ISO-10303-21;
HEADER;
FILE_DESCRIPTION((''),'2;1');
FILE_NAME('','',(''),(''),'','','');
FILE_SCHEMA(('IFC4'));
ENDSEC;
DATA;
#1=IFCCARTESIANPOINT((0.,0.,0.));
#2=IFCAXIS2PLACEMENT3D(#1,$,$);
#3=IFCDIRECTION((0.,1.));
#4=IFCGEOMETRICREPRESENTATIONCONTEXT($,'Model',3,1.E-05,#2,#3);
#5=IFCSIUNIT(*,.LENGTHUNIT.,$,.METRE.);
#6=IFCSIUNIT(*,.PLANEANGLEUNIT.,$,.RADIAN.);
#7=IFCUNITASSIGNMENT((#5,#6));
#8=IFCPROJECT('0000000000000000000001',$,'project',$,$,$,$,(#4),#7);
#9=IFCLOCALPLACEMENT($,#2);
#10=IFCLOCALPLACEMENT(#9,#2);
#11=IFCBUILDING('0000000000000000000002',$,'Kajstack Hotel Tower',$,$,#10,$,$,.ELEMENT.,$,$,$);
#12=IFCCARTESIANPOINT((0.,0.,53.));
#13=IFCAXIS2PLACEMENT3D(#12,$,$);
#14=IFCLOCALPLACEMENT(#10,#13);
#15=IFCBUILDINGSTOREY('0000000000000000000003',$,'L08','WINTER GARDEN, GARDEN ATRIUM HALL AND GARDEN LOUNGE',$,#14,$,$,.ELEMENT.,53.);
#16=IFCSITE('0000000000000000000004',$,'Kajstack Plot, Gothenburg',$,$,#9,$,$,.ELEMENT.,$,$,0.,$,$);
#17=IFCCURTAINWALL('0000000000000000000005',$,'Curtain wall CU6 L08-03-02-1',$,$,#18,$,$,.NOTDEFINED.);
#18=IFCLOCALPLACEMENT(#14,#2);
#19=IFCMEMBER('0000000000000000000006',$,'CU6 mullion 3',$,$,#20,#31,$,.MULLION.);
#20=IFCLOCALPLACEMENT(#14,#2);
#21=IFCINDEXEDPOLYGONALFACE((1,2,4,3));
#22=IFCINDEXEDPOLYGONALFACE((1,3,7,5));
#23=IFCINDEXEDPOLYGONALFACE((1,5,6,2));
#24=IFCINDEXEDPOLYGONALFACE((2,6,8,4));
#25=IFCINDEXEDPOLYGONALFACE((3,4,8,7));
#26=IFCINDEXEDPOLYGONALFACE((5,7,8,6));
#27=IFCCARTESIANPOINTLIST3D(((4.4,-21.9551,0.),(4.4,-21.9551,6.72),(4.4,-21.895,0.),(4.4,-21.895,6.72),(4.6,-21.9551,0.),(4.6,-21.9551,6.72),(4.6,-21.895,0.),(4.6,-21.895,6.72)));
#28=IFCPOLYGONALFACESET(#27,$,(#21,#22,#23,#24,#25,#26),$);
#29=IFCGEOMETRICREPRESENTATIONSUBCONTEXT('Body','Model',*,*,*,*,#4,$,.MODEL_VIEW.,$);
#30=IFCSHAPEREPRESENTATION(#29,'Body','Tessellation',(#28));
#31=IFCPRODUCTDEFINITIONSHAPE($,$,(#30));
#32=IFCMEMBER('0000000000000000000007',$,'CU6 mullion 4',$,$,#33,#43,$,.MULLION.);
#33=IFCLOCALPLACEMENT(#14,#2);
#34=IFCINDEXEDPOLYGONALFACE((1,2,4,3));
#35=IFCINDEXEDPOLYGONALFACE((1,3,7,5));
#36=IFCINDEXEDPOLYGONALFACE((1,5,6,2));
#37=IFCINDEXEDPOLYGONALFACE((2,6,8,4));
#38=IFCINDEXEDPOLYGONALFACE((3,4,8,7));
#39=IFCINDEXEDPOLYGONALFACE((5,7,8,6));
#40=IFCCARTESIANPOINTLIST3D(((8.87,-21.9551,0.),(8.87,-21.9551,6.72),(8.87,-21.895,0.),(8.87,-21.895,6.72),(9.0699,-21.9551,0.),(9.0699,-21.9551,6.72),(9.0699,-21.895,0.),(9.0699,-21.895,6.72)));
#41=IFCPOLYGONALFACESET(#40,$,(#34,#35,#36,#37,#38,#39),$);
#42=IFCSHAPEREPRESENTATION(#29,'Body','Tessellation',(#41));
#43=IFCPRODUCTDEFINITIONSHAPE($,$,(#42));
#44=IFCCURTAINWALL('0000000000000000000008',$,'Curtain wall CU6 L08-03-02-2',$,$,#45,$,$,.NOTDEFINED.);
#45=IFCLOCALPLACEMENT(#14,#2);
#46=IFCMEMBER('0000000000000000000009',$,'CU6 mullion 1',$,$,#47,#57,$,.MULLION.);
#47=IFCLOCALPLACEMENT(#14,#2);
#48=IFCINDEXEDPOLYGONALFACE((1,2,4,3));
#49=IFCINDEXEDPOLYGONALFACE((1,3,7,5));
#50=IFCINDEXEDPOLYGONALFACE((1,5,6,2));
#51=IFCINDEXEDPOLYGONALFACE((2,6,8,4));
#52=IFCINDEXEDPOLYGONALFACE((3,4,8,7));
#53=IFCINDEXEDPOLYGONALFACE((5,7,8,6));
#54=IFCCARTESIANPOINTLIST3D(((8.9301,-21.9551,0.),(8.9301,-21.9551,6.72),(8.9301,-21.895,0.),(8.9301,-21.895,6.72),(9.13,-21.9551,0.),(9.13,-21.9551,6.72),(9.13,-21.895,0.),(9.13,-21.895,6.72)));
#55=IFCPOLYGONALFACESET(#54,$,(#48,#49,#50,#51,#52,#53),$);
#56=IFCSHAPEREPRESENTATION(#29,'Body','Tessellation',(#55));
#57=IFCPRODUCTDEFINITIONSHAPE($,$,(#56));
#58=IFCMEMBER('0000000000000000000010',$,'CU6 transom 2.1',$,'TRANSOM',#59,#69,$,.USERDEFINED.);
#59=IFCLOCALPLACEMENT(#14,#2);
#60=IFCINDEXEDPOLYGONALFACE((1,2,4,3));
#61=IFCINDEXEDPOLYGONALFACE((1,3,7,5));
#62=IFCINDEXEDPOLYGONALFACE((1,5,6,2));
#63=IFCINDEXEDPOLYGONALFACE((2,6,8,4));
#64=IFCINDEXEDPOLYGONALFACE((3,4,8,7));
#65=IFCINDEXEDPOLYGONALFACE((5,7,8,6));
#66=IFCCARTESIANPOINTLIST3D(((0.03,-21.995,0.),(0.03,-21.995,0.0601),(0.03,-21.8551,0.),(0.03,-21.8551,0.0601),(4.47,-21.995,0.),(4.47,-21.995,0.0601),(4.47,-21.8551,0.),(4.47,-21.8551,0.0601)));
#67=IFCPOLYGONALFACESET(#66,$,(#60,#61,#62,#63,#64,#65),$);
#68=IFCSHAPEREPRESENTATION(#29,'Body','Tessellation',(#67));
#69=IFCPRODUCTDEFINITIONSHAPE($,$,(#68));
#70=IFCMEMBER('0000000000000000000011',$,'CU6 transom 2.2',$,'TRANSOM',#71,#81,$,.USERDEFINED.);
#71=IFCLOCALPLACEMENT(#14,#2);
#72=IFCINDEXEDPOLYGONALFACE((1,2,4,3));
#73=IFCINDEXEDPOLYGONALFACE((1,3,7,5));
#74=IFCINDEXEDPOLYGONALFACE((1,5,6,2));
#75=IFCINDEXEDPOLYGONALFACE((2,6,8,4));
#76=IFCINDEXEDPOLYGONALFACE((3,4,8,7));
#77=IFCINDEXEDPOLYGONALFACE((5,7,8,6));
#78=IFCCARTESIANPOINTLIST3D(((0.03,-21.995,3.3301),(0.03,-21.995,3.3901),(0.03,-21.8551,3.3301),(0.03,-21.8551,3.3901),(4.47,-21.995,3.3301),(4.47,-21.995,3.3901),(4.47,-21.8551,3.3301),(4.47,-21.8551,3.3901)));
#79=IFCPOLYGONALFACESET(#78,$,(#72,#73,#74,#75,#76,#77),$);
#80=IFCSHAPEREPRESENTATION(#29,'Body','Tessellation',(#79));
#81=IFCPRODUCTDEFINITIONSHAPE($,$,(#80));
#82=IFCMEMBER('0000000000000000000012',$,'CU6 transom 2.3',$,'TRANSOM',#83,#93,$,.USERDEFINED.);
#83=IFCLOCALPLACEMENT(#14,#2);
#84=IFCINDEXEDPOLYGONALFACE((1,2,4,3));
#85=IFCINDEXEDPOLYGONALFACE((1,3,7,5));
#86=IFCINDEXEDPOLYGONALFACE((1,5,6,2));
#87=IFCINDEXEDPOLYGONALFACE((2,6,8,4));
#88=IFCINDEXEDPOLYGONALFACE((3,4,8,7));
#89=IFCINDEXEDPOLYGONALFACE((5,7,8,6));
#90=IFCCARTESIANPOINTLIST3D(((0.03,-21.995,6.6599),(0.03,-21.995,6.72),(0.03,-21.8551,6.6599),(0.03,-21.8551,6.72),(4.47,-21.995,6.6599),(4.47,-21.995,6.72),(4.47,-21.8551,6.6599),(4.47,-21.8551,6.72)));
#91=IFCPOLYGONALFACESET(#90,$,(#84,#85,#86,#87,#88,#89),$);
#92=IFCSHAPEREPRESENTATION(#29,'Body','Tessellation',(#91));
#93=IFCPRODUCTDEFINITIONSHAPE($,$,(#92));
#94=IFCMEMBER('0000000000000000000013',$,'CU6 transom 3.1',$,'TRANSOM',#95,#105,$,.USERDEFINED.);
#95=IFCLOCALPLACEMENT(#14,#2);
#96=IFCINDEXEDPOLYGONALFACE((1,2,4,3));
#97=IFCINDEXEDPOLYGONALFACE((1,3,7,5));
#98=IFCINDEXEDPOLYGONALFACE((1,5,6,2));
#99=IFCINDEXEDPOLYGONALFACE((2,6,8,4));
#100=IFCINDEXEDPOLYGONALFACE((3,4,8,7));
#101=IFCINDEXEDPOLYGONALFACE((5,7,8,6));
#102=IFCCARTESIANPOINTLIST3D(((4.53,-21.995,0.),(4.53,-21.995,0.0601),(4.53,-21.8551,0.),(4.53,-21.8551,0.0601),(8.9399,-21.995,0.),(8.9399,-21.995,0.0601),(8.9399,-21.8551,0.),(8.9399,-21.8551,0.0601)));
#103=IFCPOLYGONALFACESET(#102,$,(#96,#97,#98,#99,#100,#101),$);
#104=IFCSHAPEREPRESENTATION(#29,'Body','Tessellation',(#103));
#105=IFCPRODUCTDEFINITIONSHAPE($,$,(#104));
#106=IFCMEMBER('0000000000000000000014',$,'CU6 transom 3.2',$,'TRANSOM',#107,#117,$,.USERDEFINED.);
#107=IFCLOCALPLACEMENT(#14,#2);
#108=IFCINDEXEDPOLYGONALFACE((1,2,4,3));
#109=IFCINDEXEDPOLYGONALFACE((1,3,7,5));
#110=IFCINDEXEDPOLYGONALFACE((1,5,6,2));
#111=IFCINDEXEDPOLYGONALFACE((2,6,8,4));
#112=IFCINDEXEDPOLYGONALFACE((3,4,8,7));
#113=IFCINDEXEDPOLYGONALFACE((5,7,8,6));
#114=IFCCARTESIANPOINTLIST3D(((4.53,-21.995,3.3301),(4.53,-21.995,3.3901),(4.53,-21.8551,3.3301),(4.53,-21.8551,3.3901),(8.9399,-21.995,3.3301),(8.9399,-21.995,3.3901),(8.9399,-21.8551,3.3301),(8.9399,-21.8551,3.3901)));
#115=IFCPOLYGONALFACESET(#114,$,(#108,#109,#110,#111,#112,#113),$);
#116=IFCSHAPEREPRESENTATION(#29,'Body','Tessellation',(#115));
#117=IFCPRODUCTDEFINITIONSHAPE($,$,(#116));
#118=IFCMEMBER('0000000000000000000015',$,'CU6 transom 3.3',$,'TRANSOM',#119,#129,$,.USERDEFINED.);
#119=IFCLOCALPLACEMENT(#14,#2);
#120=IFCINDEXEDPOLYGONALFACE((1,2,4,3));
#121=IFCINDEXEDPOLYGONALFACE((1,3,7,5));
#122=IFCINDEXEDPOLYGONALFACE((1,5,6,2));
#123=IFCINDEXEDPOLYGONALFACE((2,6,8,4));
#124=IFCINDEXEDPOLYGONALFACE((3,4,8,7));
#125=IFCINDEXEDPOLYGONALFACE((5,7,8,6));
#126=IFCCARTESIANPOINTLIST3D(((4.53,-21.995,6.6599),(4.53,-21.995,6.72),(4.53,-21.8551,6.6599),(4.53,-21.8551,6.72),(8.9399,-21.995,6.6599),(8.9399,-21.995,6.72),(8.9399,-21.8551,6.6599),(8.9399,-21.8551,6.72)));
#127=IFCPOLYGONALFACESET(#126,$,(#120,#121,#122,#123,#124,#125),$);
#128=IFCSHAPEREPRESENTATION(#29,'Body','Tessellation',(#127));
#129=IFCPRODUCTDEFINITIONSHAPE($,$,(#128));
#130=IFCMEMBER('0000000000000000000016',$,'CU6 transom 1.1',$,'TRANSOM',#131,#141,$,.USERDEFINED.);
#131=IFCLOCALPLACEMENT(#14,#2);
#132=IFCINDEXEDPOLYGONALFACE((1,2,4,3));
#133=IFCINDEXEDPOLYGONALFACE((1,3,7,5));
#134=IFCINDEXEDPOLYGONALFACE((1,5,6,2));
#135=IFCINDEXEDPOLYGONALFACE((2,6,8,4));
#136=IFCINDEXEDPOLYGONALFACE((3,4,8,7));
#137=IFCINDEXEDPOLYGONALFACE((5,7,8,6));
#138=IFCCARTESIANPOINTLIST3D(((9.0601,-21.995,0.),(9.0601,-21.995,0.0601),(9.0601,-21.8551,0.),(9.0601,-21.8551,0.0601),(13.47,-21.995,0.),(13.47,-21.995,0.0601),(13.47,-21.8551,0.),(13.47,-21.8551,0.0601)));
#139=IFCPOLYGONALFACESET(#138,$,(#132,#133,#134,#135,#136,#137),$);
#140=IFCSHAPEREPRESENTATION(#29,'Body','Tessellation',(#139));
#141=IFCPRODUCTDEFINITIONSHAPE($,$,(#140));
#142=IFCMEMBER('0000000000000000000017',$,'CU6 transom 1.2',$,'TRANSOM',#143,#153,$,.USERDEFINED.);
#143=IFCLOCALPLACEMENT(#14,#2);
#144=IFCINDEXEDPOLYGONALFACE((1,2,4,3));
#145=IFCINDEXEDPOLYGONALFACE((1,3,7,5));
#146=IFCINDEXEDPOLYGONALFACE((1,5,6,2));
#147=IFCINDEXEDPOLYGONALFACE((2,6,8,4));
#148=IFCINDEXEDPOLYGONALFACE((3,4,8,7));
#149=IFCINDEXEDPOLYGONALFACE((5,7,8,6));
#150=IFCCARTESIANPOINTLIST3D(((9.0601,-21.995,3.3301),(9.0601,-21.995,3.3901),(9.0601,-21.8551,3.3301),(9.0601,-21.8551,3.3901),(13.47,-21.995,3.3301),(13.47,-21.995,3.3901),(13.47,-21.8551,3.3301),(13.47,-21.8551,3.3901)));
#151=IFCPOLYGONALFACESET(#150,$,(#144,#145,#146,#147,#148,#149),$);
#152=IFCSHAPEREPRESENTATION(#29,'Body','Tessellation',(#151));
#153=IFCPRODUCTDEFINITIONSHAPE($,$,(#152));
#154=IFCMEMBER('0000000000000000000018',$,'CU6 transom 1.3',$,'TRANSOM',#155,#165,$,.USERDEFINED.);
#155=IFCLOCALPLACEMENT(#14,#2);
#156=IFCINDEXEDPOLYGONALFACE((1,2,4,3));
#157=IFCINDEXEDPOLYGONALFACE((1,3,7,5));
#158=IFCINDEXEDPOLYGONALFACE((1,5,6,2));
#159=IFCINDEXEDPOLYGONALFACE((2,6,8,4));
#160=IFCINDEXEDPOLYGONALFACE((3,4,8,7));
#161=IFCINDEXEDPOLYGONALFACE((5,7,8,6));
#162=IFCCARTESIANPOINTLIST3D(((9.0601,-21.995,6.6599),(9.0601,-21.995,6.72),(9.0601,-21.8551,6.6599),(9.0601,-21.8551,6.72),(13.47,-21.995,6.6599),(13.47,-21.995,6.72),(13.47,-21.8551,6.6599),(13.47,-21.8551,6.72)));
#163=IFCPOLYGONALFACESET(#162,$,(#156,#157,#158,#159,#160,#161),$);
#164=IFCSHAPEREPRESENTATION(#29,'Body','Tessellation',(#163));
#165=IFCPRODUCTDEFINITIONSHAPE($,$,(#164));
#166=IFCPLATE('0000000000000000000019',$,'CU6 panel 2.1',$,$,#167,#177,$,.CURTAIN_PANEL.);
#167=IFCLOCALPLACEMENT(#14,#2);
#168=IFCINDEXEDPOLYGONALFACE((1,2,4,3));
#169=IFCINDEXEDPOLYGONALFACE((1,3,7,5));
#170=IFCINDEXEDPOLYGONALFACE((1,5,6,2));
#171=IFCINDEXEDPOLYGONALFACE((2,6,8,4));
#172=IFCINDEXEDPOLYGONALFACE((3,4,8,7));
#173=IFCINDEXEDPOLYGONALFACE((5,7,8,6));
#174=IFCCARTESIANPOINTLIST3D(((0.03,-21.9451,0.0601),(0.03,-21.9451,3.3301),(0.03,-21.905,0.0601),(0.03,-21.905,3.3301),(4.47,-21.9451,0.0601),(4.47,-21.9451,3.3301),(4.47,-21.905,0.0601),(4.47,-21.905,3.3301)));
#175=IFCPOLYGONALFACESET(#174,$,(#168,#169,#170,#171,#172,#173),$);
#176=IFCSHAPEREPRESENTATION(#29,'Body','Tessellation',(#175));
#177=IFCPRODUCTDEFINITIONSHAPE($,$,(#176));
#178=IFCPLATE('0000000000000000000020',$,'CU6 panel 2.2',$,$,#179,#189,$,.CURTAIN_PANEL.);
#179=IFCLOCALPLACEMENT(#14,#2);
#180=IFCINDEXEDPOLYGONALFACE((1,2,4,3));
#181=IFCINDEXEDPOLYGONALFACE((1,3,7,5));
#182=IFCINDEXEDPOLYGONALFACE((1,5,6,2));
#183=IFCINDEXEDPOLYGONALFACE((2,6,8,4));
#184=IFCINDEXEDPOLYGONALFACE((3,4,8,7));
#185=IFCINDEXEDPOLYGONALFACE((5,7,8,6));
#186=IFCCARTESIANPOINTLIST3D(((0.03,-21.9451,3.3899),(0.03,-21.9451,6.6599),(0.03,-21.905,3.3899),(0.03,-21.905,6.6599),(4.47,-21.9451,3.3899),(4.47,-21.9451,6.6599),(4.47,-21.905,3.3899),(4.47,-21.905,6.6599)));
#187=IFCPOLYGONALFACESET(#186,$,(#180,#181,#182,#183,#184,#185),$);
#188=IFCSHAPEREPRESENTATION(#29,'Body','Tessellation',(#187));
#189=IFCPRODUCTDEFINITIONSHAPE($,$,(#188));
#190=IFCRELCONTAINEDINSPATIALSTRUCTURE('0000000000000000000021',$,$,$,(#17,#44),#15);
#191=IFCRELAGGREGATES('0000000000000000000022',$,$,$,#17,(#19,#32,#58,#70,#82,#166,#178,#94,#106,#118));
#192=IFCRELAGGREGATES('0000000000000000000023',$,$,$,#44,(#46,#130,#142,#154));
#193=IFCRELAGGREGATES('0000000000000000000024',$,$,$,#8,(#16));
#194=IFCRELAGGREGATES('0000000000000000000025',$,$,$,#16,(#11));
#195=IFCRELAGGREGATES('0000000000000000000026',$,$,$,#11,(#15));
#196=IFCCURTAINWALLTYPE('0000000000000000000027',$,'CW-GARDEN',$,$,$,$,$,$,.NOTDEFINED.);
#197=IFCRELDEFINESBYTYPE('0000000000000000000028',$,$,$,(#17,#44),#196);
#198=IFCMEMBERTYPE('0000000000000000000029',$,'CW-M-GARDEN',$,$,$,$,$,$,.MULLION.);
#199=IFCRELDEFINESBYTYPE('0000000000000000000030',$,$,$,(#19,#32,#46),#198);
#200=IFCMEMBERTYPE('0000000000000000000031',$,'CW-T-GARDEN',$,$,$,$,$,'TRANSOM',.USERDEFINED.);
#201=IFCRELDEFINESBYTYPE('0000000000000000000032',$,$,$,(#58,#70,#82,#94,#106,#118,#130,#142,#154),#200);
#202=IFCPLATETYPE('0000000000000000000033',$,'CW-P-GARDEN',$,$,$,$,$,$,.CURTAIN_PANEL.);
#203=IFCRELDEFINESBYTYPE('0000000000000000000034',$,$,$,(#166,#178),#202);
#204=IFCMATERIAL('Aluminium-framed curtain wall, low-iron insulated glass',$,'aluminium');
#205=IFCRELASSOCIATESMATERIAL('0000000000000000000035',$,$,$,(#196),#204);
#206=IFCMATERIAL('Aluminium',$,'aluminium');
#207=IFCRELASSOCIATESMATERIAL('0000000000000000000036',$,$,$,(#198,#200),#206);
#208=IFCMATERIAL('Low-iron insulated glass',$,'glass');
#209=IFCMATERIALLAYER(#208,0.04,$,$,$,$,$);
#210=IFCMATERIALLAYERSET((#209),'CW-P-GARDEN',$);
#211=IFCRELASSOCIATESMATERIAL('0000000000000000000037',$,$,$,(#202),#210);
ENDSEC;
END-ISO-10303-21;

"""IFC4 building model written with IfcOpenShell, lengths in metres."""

from ifc_helpers import new_model, si_unit, direction, frame, origin, origin_2d, place, context, subcontext, project, spatial, rectangle, extrude, material, layer, layer_set, material_profile, profile_set, type_object, element, aggregate, save


model = new_model("IFC4")

# Units and contexts
model_context = context("Model", 3, precision=1e-05, world=origin(), true_north=direction((0.0, 1.0)))
body_context = subcontext(model_context, "Body", "Model", "MODEL_VIEW")
ifc_project = project(units=[si_unit("LENGTHUNIT", "METRE"), si_unit("PLANEANGLEUNIT", "RADIAN")], contexts=[model_context])

# Site, building, storey
site_placement = place(None, origin())
site = spatial("IfcSite", under=ifc_project, at=site_placement, Name="Kajstack Plot, Gothenburg", CompositionType="ELEMENT", RefElevation=0.0)
building_placement = place(site_placement, origin())
building = spatial("IfcBuilding", under=site, at=building_placement, Name="Kajstack Hotel Tower", CompositionType="ELEMENT")
storey_placement = place(building_placement, frame((0.0, 0.0, 53.0)))
storey = spatial("IfcBuildingStorey", under=building, at=storey_placement, Name="L08", Description="WINTER GARDEN, GARDEN ATRIUM HALL AND GARDEN LOUNGE", CompositionType="ELEMENT", Elevation=53.0)

# Curtain wall, members
ifc_material_1 = material(Name="Aluminium-framed curtain wall, low-iron insulated glass", Category="aluminium")
curtain_wall_type = type_object("IfcCurtainWallType", Name="CW-GARDEN", PredefinedType="NOTDEFINED", material=ifc_material_1)
curtain_wall_1_placement = place(storey_placement, origin())
curtain_wall_1 = element("IfcCurtainWall", 1, at=curtain_wall_1_placement, inside=storey, type_object=curtain_wall_type, Name="Curtain wall CU6 L08-03-02-1", PredefinedType="NOTDEFINED")
ifc_material_2 = material(Name="Aluminium", Category="aluminium")
ifc_material_profile_1 = material_profile(ifc_material_2, rectangle(XDim=0.0601, YDim=0.2, at=origin_2d()), Name="Aluminium mullion 60 x 200")
ifc_profile_set_1 = profile_set([ifc_material_profile_1], Name="Aluminium")
member_type_1 = type_object("IfcMemberType", Name="CW-M-GARDEN", PredefinedType="MULLION", material=ifc_profile_set_1)
member_1_placement = place(storey_placement, frame((4.5, -21.925, 0.0), z_axis=(0.0, 0.0, 1.0), x_axis=(0.0, 1.0, 0.0)))
member_1 = element("IfcMember", 2, at=member_1_placement, type_object=member_type_1, Name="CU6 mullion 3", PredefinedType="MULLION", context=body_context, shape_type="SweptSolid", body=[
    extrude(rectangle(XDim=0.0601, YDim=0.2, at=origin_2d()), origin(), (0.0, 0.0, 1.0), 6.72),
])
member_2_placement = place(storey_placement, frame((8.97, -21.925, 0.0), z_axis=(0.0, 0.0, 1.0), x_axis=(0.0, 1.0, 0.0)))
member_2 = element("IfcMember", 3, at=member_2_placement, type_object=member_type_1, Name="CU6 mullion 4", PredefinedType="MULLION", context=body_context, shape_type="SweptSolid", body=[
    extrude(rectangle(XDim=0.0601, YDim=0.2, at=origin_2d()), origin(), (0.0, 0.0, 1.0), 6.72),
])

# Curtain wall, member
curtain_wall_2_placement = place(storey_placement, origin())
curtain_wall_2 = element("IfcCurtainWall", 4, at=curtain_wall_2_placement, inside=storey, type_object=curtain_wall_type, Name="Curtain wall CU6 L08-03-02-2", PredefinedType="NOTDEFINED")
member_3_placement = place(storey_placement, frame((9.03, -21.925, 0.0), z_axis=(0.0, 0.0, 1.0), x_axis=(0.0, 1.0, 0.0)))
member_3 = element("IfcMember", 5, at=member_3_placement, type_object=member_type_1, Name="CU6 mullion 1", PredefinedType="MULLION", context=body_context, shape_type="SweptSolid", body=[
    extrude(rectangle(XDim=0.0601, YDim=0.2, at=origin_2d()), origin(), (0.0, 0.0, 1.0), 6.72),
])

# Members
ifc_material_profile_2 = material_profile(ifc_material_2, rectangle(XDim=0.1399, YDim=0.0601, at=origin_2d()), Name="Aluminium transom 140 x 60")
ifc_profile_set_2 = profile_set([ifc_material_profile_2], Name="Aluminium")
member_type_2 = type_object("IfcMemberType", Name="CW-T-GARDEN", ElementType="TRANSOM", PredefinedType="USERDEFINED", material=ifc_profile_set_2)
member_4_placement = place(storey_placement, frame((0.03, -21.925, 0.03), z_axis=(1.0, 0.0, 0.0), x_axis=(0.0, 1.0, 0.0)))
member_4 = element("IfcMember", 6, at=member_4_placement, type_object=member_type_2, Name="CU6 transom 2.1", ObjectType="TRANSOM", PredefinedType="USERDEFINED", context=body_context, shape_type="SweptSolid", body=[
    extrude(rectangle(XDim=0.1399, YDim=0.0601, at=origin_2d()), origin(), (0.0, 0.0, 1.0), 4.4399),
])
member_5_placement = place(storey_placement, frame((0.03, -21.925, 3.3601), z_axis=(1.0, 0.0, 0.0), x_axis=(0.0, 1.0, 0.0)))
member_5 = element("IfcMember", 7, at=member_5_placement, type_object=member_type_2, Name="CU6 transom 2.2", ObjectType="TRANSOM", PredefinedType="USERDEFINED", context=body_context, shape_type="SweptSolid", body=[
    extrude(rectangle(XDim=0.1399, YDim=0.0601, at=origin_2d()), origin(), (0.0, 0.0, 1.0), 4.4399),
])
member_6_placement = place(storey_placement, frame((0.03, -21.925, 6.6899), z_axis=(1.0, 0.0, 0.0), x_axis=(0.0, 1.0, 0.0)))
member_6 = element("IfcMember", 8, at=member_6_placement, type_object=member_type_2, Name="CU6 transom 2.3", ObjectType="TRANSOM", PredefinedType="USERDEFINED", context=body_context, shape_type="SweptSolid", body=[
    extrude(rectangle(XDim=0.1399, YDim=0.0601, at=origin_2d()), origin(), (0.0, 0.0, 1.0), 4.4399),
])
member_7_placement = place(storey_placement, frame((4.53, -21.925, 0.03), z_axis=(1.0, 0.0, 0.0), x_axis=(0.0, 1.0, 0.0)))
member_7 = element("IfcMember", 9, at=member_7_placement, type_object=member_type_2, Name="CU6 transom 3.1", ObjectType="TRANSOM", PredefinedType="USERDEFINED", context=body_context, shape_type="SweptSolid", body=[
    extrude(rectangle(XDim=0.1399, YDim=0.0601, at=origin_2d()), origin(), (0.0, 0.0, 1.0), 4.4099),
])
member_8_placement = place(storey_placement, frame((4.53, -21.925, 3.3601), z_axis=(1.0, 0.0, 0.0), x_axis=(0.0, 1.0, 0.0)))
member_8 = element("IfcMember", 10, at=member_8_placement, type_object=member_type_2, Name="CU6 transom 3.2", ObjectType="TRANSOM", PredefinedType="USERDEFINED", context=body_context, shape_type="SweptSolid", body=[
    extrude(rectangle(XDim=0.1399, YDim=0.0601, at=origin_2d()), origin(), (0.0, 0.0, 1.0), 4.4099),
])
member_9_placement = place(storey_placement, frame((4.53, -21.925, 6.6899), z_axis=(1.0, 0.0, 0.0), x_axis=(0.0, 1.0, 0.0)))
member_9 = element("IfcMember", 11, at=member_9_placement, type_object=member_type_2, Name="CU6 transom 3.3", ObjectType="TRANSOM", PredefinedType="USERDEFINED", context=body_context, shape_type="SweptSolid", body=[
    extrude(rectangle(XDim=0.1399, YDim=0.0601, at=origin_2d()), origin(), (0.0, 0.0, 1.0), 4.4099),
])
member_10_placement = place(storey_placement, frame((9.0601, -21.925, 0.03), z_axis=(1.0, 0.0, 0.0), x_axis=(0.0, 1.0, 0.0)))
member_10 = element("IfcMember", 12, at=member_10_placement, type_object=member_type_2, Name="CU6 transom 1.1", ObjectType="TRANSOM", PredefinedType="USERDEFINED", context=body_context, shape_type="SweptSolid", body=[
    extrude(rectangle(XDim=0.1399, YDim=0.0601, at=origin_2d()), origin(), (0.0, 0.0, 1.0), 4.4099),
])
member_11_placement = place(storey_placement, frame((9.0601, -21.925, 3.3601), z_axis=(1.0, 0.0, 0.0), x_axis=(0.0, 1.0, 0.0)))
member_11 = element("IfcMember", 13, at=member_11_placement, type_object=member_type_2, Name="CU6 transom 1.2", ObjectType="TRANSOM", PredefinedType="USERDEFINED", context=body_context, shape_type="SweptSolid", body=[
    extrude(rectangle(XDim=0.1399, YDim=0.0601, at=origin_2d()), origin(), (0.0, 0.0, 1.0), 4.4099),
])
member_12_placement = place(storey_placement, frame((9.0601, -21.925, 6.6899), z_axis=(1.0, 0.0, 0.0), x_axis=(0.0, 1.0, 0.0)))
member_12 = element("IfcMember", 14, at=member_12_placement, type_object=member_type_2, Name="CU6 transom 1.3", ObjectType="TRANSOM", PredefinedType="USERDEFINED", context=body_context, shape_type="SweptSolid", body=[
    extrude(rectangle(XDim=0.1399, YDim=0.0601, at=origin_2d()), origin(), (0.0, 0.0, 1.0), 4.4099),
])

# Plates
ifc_material_3 = material(Name="Low-iron insulated glass", Category="glass")
ifc_layer = layer(ifc_material_3, 0.04)
ifc_layer_set = layer_set([ifc_layer], Name="CW-P-GARDEN")
plate_type = type_object("IfcPlateType", Name="CW-P-GARDEN", PredefinedType="CURTAIN_PANEL", material=ifc_layer_set)
plate_1_placement = place(storey_placement, frame((2.25, -21.925, 0.0601), z_axis=(0.0, 0.0, 1.0), x_axis=(1.0, 0.0, 0.0)))
plate_1 = element("IfcPlate", 15, at=plate_1_placement, type_object=plate_type, Name="CU6 panel 2.1", PredefinedType="CURTAIN_PANEL", context=body_context, shape_type="SweptSolid", body=[
    extrude(rectangle(XDim=4.4399, YDim=0.04, at=origin_2d()), origin(), (0.0, 0.0, 1.0), 3.27),
])
plate_2_placement = place(storey_placement, frame((2.25, -21.925, 3.3899), z_axis=(0.0, 0.0, 1.0), x_axis=(1.0, 0.0, 0.0)))
plate_2 = element("IfcPlate", 16, at=plate_2_placement, type_object=plate_type, Name="CU6 panel 2.2", PredefinedType="CURTAIN_PANEL", context=body_context, shape_type="SweptSolid", body=[
    extrude(rectangle(XDim=4.4399, YDim=0.04, at=origin_2d()), origin(), (0.0, 0.0, 1.0), 3.27),
])
aggregate(curtain_wall_1, [member_1, member_2, member_4, member_5, member_6, plate_1, plate_2, member_7, member_8, member_9])
aggregate(curtain_wall_2, [member_3, member_10, member_11, member_12])

save(model, "model.ifc")
